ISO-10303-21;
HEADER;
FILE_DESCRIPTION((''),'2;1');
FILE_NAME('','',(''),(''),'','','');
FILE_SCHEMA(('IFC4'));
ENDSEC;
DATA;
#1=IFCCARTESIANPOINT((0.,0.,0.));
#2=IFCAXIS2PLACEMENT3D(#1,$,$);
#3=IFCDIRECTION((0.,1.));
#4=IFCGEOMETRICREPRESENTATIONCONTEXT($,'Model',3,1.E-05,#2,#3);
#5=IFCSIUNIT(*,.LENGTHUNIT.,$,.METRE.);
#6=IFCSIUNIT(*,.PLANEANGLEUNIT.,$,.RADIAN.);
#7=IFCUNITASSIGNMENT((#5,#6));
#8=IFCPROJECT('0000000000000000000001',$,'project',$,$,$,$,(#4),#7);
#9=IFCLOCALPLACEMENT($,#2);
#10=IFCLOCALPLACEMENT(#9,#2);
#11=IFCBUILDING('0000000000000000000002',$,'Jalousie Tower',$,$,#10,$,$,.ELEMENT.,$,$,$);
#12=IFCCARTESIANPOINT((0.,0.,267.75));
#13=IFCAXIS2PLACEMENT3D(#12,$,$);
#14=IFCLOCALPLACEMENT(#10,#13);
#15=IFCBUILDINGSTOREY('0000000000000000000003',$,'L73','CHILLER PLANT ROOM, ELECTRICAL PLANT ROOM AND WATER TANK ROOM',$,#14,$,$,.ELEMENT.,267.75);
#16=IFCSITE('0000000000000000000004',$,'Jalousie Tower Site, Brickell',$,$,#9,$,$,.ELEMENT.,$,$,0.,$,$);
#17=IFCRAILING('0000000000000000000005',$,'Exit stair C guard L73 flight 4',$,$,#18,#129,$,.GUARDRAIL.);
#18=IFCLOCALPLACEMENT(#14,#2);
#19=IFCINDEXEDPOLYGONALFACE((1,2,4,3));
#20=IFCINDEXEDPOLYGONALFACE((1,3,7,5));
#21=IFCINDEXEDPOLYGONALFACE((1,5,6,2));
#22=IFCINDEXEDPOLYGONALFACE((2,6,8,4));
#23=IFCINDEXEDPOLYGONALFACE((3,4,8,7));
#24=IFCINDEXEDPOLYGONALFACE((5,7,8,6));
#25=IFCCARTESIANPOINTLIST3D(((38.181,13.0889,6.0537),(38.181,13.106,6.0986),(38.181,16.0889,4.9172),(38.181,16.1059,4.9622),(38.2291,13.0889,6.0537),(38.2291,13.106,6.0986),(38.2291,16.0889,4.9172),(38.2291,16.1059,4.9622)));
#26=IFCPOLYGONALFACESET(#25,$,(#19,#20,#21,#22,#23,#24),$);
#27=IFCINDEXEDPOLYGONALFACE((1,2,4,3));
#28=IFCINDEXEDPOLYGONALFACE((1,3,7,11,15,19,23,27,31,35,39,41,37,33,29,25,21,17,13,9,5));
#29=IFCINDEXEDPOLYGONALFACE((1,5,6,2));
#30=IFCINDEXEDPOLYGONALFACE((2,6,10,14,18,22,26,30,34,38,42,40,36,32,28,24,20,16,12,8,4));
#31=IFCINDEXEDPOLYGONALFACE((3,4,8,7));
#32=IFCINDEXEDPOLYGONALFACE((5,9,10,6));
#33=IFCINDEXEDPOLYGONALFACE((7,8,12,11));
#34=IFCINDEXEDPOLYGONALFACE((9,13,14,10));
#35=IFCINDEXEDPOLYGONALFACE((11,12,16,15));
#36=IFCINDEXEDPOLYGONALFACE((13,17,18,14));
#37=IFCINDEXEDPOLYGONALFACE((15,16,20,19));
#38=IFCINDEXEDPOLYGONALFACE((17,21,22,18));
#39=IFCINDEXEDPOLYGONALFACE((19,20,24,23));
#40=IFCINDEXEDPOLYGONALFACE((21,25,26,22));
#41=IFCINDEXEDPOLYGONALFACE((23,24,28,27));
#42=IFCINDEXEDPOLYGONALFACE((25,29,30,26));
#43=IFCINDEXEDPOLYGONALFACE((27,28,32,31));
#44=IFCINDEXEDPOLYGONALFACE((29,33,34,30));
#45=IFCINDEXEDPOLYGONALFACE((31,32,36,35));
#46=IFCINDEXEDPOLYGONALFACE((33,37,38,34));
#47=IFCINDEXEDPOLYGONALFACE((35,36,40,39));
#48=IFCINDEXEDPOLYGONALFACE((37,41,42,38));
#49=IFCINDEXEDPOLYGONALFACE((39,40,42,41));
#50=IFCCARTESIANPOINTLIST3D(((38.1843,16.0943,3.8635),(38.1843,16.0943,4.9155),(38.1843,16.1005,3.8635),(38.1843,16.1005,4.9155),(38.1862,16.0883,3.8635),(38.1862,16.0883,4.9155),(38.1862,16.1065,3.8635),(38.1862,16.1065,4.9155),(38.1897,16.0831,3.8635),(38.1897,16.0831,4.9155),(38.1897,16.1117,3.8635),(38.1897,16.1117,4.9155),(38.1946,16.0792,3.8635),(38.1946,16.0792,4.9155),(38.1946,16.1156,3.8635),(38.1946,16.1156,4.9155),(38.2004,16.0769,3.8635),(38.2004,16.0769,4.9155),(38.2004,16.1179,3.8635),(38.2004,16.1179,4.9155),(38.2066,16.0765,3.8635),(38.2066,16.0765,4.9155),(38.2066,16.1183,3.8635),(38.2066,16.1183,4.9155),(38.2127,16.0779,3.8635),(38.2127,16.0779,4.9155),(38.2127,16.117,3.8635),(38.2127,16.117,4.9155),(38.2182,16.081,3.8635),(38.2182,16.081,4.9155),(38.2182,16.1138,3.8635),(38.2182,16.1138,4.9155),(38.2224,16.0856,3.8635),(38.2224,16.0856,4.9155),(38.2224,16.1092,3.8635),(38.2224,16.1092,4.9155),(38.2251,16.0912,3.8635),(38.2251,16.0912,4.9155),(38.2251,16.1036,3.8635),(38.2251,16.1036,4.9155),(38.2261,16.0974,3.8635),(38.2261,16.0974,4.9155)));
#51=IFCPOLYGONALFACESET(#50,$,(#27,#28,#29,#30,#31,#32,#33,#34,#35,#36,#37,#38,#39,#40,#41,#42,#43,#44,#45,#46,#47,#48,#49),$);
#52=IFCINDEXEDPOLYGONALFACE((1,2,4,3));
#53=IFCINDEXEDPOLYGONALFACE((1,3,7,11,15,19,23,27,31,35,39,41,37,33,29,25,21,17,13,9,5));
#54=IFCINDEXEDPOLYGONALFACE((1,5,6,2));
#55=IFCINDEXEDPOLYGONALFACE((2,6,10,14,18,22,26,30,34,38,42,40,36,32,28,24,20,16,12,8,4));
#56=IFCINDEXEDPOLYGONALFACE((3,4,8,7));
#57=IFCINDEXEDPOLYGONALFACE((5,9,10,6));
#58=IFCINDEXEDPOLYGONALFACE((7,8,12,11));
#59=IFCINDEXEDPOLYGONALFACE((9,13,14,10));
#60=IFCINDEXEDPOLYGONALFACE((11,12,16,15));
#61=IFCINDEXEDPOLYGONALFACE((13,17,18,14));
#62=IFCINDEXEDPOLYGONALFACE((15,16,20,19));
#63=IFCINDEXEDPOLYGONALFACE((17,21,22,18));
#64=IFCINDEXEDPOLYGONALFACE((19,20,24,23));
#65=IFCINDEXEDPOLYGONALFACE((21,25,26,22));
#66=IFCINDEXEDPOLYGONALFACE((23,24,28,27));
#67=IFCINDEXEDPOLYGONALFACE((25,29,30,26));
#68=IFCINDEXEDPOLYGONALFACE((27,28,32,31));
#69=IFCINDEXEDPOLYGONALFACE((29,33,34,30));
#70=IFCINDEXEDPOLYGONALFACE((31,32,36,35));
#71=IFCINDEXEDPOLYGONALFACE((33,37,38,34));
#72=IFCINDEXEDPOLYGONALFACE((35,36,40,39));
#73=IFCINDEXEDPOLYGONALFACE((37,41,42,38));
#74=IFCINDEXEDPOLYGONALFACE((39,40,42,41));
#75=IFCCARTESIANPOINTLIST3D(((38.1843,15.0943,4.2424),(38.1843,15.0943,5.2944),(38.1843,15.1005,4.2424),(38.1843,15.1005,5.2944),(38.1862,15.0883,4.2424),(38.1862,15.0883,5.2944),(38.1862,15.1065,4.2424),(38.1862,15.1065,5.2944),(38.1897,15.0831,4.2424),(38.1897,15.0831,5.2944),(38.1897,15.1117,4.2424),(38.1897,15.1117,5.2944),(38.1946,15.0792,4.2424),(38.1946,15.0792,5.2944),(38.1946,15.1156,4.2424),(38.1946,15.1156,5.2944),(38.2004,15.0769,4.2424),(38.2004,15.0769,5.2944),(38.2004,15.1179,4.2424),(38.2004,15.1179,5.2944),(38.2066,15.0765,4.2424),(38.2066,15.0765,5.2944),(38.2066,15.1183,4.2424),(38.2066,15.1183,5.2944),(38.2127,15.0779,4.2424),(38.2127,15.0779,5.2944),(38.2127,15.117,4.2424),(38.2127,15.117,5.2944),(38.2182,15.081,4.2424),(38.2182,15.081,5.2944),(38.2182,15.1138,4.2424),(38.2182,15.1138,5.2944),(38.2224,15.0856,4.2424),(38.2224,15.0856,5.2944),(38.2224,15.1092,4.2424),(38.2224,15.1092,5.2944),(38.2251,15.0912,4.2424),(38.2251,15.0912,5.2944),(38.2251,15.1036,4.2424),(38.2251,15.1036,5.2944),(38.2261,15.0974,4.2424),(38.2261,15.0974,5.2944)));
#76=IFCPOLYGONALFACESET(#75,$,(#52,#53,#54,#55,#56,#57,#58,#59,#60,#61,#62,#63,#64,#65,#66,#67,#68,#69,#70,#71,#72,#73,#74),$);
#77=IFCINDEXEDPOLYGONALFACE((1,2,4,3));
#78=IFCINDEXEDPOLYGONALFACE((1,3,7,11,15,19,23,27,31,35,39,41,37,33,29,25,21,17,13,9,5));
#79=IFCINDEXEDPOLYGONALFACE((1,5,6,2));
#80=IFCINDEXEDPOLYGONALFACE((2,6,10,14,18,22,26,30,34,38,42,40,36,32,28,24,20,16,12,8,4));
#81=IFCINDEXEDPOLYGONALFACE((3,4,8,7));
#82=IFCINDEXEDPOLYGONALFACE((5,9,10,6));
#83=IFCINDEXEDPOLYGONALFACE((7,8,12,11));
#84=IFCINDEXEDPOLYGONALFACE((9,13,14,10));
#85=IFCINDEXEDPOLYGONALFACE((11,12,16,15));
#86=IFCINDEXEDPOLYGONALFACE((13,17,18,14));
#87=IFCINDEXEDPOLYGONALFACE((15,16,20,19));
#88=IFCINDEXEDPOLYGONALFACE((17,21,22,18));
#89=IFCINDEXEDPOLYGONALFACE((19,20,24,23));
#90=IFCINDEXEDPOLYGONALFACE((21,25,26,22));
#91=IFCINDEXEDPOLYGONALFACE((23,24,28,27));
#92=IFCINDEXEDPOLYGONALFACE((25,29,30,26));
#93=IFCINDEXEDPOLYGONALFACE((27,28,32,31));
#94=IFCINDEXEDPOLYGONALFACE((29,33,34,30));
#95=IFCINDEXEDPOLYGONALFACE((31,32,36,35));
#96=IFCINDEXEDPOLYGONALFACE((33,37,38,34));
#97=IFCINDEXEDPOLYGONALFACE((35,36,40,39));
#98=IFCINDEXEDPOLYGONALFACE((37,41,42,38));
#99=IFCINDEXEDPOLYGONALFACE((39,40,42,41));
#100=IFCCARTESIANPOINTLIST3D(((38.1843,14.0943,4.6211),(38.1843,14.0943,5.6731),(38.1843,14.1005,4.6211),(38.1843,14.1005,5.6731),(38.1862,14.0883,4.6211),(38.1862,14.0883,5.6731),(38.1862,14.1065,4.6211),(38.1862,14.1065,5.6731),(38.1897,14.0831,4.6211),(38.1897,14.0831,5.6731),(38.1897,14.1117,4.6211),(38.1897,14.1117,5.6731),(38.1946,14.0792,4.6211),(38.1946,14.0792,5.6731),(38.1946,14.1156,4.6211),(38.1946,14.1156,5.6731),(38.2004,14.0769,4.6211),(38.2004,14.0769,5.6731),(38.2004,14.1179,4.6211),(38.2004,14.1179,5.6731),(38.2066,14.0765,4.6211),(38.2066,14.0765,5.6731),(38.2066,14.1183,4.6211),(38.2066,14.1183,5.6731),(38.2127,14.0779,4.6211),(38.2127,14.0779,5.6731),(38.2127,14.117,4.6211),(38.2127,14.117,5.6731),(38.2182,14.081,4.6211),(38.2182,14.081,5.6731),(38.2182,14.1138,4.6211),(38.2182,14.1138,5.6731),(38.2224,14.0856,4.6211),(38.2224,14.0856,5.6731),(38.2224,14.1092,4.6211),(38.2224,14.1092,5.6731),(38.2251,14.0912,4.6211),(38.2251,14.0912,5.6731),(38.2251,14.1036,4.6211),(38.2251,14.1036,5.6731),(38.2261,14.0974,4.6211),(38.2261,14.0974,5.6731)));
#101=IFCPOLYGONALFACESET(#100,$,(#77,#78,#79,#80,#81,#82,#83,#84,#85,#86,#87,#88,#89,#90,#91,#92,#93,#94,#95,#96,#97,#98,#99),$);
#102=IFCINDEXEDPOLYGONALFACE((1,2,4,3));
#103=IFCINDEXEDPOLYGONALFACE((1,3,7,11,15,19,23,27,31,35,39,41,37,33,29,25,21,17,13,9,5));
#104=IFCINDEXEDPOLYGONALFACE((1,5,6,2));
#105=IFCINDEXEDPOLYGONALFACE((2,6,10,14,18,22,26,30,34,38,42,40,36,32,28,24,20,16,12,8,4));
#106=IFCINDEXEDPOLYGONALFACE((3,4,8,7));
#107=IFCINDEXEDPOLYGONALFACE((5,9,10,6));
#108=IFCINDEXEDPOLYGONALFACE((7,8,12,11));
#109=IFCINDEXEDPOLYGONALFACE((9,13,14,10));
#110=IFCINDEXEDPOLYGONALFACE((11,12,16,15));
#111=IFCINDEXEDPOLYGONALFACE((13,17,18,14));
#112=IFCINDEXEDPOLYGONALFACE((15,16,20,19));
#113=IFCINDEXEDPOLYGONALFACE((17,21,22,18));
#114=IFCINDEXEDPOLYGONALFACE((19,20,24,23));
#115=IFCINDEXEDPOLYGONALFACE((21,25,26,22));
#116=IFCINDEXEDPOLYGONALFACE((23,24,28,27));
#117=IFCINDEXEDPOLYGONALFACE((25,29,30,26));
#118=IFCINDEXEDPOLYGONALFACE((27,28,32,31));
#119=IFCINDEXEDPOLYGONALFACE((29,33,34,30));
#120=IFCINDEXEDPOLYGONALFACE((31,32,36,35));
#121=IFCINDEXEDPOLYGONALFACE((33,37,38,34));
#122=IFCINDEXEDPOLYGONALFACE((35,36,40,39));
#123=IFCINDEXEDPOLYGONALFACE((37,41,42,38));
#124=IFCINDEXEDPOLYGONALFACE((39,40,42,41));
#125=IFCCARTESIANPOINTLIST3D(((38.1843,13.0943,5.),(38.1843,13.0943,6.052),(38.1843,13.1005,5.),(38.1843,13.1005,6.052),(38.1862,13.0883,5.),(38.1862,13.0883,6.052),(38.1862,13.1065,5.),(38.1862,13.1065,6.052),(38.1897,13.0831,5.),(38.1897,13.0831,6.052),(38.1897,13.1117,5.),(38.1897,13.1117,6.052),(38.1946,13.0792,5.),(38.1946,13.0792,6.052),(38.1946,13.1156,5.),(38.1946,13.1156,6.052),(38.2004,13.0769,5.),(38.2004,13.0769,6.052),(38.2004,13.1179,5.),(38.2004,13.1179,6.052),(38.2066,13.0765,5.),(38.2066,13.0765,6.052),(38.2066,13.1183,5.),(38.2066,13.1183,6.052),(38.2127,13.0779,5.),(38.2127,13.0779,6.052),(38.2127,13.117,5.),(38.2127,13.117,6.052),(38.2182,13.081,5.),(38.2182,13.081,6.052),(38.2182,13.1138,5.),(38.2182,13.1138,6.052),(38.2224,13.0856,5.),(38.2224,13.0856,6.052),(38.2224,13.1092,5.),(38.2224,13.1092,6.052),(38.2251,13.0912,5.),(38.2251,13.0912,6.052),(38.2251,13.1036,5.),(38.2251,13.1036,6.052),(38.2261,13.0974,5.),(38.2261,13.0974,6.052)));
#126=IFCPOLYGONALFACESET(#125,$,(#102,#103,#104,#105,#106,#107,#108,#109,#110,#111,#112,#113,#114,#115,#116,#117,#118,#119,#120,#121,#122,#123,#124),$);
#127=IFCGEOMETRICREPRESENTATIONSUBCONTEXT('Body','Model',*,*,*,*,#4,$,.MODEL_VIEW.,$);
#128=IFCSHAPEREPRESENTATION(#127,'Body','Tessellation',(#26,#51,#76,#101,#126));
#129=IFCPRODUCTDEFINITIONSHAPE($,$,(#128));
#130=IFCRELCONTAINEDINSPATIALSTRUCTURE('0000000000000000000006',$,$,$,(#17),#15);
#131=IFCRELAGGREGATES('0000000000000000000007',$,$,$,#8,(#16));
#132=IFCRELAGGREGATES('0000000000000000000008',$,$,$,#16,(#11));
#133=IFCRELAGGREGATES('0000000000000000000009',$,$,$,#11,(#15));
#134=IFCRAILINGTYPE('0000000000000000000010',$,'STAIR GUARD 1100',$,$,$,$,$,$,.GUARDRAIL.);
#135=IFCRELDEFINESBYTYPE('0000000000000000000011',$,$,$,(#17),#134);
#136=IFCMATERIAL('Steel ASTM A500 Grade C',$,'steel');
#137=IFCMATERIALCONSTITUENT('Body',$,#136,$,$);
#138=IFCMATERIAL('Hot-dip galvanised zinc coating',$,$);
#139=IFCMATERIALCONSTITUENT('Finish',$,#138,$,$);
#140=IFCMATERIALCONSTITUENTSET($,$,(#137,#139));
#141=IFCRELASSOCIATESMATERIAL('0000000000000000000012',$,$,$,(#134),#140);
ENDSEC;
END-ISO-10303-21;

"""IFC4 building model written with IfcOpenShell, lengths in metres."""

from ifc_helpers import new_model, si_unit, direction, frame, origin, origin_2d, place, context, subcontext, project, spatial, rectangle, circle, extrude, material, constituent, constituent_set, type_object, element, save


model = new_model("IFC4")

# Units and contexts
model_context = context("Model", 3, precision=1e-05, world=origin(), true_north=direction((0.0, 1.0)))
body_context = subcontext(model_context, "Body", "Model", "MODEL_VIEW")
ifc_project = project(units=[si_unit("LENGTHUNIT", "METRE"), si_unit("PLANEANGLEUNIT", "RADIAN")], contexts=[model_context])

# Site, building, storey
site_placement = place(None, origin())
site = spatial("IfcSite", under=ifc_project, at=site_placement, Name="Jalousie Tower Site, Brickell", CompositionType="ELEMENT", RefElevation=0.0)
building_placement = place(site_placement, origin())
building = spatial("IfcBuilding", under=site, at=building_placement, Name="Jalousie Tower", CompositionType="ELEMENT")
storey_placement = place(building_placement, frame((0.0, 0.0, 267.75)))
storey = spatial("IfcBuildingStorey", under=building, at=storey_placement, Name="L73", Description="CHILLER PLANT ROOM, ELECTRICAL PLANT ROOM AND WATER TANK ROOM", CompositionType="ELEMENT", Elevation=267.75)

# Railing
ifc_material_1 = material(Name="Steel ASTM A500 Grade C", Category="steel")
ifc_constituent_1 = constituent(ifc_material_1, Name="Body")
ifc_material_2 = material(Name="Hot-dip galvanised zinc coating")
ifc_constituent_2 = constituent(ifc_material_2, Name="Finish")
ifc_constituent_set_1 = constituent_set(constituents=[ifc_constituent_1, ifc_constituent_2])
railing_type_1 = type_object("IfcRailingType", Name="STAIR GUARD 1100", PredefinedType="GUARDRAIL", material=ifc_constituent_set_1)
railing_1_placement = place(storey_placement, frame((38.2051, 16.0974, 3.8635)))
element("IfcRailing", 1, at=railing_1_placement, inside=storey, type_object=railing_type_1, Name="Exit stair C guard L73 flight 4", PredefinedType="GUARDRAIL", context=body_context, shape_type="SweptSolid", body=[
    extrude(rectangle(XDim=0.0481, YDim=0.0481, at=origin_2d()), frame((0.0, 0.0, 1.0762), z_axis=(0.0, -0.935148, 0.354257), x_axis=(1.0, 0.0, 0.0)), (0.0, 0.0, 1.0), 3.208),
    extrude(circle(Radius=0.021, at=origin_2d()), origin(), (0.0, 0.0, 1.0), 1.052),
    extrude(circle(Radius=0.021, at=origin_2d()), frame((0.0, -1.0, 0.3789)), (0.0, 0.0, 1.0), 1.052),
    extrude(circle(Radius=0.021, at=origin_2d()), frame((0.0, -2.0, 0.7576)), (0.0, 0.0, 1.0), 1.052),
    extrude(circle(Radius=0.021, at=origin_2d()), frame((0.0, -3.0, 1.1365)), (0.0, 0.0, 1.0), 1.052),
])

save(model, "model.ifc")
